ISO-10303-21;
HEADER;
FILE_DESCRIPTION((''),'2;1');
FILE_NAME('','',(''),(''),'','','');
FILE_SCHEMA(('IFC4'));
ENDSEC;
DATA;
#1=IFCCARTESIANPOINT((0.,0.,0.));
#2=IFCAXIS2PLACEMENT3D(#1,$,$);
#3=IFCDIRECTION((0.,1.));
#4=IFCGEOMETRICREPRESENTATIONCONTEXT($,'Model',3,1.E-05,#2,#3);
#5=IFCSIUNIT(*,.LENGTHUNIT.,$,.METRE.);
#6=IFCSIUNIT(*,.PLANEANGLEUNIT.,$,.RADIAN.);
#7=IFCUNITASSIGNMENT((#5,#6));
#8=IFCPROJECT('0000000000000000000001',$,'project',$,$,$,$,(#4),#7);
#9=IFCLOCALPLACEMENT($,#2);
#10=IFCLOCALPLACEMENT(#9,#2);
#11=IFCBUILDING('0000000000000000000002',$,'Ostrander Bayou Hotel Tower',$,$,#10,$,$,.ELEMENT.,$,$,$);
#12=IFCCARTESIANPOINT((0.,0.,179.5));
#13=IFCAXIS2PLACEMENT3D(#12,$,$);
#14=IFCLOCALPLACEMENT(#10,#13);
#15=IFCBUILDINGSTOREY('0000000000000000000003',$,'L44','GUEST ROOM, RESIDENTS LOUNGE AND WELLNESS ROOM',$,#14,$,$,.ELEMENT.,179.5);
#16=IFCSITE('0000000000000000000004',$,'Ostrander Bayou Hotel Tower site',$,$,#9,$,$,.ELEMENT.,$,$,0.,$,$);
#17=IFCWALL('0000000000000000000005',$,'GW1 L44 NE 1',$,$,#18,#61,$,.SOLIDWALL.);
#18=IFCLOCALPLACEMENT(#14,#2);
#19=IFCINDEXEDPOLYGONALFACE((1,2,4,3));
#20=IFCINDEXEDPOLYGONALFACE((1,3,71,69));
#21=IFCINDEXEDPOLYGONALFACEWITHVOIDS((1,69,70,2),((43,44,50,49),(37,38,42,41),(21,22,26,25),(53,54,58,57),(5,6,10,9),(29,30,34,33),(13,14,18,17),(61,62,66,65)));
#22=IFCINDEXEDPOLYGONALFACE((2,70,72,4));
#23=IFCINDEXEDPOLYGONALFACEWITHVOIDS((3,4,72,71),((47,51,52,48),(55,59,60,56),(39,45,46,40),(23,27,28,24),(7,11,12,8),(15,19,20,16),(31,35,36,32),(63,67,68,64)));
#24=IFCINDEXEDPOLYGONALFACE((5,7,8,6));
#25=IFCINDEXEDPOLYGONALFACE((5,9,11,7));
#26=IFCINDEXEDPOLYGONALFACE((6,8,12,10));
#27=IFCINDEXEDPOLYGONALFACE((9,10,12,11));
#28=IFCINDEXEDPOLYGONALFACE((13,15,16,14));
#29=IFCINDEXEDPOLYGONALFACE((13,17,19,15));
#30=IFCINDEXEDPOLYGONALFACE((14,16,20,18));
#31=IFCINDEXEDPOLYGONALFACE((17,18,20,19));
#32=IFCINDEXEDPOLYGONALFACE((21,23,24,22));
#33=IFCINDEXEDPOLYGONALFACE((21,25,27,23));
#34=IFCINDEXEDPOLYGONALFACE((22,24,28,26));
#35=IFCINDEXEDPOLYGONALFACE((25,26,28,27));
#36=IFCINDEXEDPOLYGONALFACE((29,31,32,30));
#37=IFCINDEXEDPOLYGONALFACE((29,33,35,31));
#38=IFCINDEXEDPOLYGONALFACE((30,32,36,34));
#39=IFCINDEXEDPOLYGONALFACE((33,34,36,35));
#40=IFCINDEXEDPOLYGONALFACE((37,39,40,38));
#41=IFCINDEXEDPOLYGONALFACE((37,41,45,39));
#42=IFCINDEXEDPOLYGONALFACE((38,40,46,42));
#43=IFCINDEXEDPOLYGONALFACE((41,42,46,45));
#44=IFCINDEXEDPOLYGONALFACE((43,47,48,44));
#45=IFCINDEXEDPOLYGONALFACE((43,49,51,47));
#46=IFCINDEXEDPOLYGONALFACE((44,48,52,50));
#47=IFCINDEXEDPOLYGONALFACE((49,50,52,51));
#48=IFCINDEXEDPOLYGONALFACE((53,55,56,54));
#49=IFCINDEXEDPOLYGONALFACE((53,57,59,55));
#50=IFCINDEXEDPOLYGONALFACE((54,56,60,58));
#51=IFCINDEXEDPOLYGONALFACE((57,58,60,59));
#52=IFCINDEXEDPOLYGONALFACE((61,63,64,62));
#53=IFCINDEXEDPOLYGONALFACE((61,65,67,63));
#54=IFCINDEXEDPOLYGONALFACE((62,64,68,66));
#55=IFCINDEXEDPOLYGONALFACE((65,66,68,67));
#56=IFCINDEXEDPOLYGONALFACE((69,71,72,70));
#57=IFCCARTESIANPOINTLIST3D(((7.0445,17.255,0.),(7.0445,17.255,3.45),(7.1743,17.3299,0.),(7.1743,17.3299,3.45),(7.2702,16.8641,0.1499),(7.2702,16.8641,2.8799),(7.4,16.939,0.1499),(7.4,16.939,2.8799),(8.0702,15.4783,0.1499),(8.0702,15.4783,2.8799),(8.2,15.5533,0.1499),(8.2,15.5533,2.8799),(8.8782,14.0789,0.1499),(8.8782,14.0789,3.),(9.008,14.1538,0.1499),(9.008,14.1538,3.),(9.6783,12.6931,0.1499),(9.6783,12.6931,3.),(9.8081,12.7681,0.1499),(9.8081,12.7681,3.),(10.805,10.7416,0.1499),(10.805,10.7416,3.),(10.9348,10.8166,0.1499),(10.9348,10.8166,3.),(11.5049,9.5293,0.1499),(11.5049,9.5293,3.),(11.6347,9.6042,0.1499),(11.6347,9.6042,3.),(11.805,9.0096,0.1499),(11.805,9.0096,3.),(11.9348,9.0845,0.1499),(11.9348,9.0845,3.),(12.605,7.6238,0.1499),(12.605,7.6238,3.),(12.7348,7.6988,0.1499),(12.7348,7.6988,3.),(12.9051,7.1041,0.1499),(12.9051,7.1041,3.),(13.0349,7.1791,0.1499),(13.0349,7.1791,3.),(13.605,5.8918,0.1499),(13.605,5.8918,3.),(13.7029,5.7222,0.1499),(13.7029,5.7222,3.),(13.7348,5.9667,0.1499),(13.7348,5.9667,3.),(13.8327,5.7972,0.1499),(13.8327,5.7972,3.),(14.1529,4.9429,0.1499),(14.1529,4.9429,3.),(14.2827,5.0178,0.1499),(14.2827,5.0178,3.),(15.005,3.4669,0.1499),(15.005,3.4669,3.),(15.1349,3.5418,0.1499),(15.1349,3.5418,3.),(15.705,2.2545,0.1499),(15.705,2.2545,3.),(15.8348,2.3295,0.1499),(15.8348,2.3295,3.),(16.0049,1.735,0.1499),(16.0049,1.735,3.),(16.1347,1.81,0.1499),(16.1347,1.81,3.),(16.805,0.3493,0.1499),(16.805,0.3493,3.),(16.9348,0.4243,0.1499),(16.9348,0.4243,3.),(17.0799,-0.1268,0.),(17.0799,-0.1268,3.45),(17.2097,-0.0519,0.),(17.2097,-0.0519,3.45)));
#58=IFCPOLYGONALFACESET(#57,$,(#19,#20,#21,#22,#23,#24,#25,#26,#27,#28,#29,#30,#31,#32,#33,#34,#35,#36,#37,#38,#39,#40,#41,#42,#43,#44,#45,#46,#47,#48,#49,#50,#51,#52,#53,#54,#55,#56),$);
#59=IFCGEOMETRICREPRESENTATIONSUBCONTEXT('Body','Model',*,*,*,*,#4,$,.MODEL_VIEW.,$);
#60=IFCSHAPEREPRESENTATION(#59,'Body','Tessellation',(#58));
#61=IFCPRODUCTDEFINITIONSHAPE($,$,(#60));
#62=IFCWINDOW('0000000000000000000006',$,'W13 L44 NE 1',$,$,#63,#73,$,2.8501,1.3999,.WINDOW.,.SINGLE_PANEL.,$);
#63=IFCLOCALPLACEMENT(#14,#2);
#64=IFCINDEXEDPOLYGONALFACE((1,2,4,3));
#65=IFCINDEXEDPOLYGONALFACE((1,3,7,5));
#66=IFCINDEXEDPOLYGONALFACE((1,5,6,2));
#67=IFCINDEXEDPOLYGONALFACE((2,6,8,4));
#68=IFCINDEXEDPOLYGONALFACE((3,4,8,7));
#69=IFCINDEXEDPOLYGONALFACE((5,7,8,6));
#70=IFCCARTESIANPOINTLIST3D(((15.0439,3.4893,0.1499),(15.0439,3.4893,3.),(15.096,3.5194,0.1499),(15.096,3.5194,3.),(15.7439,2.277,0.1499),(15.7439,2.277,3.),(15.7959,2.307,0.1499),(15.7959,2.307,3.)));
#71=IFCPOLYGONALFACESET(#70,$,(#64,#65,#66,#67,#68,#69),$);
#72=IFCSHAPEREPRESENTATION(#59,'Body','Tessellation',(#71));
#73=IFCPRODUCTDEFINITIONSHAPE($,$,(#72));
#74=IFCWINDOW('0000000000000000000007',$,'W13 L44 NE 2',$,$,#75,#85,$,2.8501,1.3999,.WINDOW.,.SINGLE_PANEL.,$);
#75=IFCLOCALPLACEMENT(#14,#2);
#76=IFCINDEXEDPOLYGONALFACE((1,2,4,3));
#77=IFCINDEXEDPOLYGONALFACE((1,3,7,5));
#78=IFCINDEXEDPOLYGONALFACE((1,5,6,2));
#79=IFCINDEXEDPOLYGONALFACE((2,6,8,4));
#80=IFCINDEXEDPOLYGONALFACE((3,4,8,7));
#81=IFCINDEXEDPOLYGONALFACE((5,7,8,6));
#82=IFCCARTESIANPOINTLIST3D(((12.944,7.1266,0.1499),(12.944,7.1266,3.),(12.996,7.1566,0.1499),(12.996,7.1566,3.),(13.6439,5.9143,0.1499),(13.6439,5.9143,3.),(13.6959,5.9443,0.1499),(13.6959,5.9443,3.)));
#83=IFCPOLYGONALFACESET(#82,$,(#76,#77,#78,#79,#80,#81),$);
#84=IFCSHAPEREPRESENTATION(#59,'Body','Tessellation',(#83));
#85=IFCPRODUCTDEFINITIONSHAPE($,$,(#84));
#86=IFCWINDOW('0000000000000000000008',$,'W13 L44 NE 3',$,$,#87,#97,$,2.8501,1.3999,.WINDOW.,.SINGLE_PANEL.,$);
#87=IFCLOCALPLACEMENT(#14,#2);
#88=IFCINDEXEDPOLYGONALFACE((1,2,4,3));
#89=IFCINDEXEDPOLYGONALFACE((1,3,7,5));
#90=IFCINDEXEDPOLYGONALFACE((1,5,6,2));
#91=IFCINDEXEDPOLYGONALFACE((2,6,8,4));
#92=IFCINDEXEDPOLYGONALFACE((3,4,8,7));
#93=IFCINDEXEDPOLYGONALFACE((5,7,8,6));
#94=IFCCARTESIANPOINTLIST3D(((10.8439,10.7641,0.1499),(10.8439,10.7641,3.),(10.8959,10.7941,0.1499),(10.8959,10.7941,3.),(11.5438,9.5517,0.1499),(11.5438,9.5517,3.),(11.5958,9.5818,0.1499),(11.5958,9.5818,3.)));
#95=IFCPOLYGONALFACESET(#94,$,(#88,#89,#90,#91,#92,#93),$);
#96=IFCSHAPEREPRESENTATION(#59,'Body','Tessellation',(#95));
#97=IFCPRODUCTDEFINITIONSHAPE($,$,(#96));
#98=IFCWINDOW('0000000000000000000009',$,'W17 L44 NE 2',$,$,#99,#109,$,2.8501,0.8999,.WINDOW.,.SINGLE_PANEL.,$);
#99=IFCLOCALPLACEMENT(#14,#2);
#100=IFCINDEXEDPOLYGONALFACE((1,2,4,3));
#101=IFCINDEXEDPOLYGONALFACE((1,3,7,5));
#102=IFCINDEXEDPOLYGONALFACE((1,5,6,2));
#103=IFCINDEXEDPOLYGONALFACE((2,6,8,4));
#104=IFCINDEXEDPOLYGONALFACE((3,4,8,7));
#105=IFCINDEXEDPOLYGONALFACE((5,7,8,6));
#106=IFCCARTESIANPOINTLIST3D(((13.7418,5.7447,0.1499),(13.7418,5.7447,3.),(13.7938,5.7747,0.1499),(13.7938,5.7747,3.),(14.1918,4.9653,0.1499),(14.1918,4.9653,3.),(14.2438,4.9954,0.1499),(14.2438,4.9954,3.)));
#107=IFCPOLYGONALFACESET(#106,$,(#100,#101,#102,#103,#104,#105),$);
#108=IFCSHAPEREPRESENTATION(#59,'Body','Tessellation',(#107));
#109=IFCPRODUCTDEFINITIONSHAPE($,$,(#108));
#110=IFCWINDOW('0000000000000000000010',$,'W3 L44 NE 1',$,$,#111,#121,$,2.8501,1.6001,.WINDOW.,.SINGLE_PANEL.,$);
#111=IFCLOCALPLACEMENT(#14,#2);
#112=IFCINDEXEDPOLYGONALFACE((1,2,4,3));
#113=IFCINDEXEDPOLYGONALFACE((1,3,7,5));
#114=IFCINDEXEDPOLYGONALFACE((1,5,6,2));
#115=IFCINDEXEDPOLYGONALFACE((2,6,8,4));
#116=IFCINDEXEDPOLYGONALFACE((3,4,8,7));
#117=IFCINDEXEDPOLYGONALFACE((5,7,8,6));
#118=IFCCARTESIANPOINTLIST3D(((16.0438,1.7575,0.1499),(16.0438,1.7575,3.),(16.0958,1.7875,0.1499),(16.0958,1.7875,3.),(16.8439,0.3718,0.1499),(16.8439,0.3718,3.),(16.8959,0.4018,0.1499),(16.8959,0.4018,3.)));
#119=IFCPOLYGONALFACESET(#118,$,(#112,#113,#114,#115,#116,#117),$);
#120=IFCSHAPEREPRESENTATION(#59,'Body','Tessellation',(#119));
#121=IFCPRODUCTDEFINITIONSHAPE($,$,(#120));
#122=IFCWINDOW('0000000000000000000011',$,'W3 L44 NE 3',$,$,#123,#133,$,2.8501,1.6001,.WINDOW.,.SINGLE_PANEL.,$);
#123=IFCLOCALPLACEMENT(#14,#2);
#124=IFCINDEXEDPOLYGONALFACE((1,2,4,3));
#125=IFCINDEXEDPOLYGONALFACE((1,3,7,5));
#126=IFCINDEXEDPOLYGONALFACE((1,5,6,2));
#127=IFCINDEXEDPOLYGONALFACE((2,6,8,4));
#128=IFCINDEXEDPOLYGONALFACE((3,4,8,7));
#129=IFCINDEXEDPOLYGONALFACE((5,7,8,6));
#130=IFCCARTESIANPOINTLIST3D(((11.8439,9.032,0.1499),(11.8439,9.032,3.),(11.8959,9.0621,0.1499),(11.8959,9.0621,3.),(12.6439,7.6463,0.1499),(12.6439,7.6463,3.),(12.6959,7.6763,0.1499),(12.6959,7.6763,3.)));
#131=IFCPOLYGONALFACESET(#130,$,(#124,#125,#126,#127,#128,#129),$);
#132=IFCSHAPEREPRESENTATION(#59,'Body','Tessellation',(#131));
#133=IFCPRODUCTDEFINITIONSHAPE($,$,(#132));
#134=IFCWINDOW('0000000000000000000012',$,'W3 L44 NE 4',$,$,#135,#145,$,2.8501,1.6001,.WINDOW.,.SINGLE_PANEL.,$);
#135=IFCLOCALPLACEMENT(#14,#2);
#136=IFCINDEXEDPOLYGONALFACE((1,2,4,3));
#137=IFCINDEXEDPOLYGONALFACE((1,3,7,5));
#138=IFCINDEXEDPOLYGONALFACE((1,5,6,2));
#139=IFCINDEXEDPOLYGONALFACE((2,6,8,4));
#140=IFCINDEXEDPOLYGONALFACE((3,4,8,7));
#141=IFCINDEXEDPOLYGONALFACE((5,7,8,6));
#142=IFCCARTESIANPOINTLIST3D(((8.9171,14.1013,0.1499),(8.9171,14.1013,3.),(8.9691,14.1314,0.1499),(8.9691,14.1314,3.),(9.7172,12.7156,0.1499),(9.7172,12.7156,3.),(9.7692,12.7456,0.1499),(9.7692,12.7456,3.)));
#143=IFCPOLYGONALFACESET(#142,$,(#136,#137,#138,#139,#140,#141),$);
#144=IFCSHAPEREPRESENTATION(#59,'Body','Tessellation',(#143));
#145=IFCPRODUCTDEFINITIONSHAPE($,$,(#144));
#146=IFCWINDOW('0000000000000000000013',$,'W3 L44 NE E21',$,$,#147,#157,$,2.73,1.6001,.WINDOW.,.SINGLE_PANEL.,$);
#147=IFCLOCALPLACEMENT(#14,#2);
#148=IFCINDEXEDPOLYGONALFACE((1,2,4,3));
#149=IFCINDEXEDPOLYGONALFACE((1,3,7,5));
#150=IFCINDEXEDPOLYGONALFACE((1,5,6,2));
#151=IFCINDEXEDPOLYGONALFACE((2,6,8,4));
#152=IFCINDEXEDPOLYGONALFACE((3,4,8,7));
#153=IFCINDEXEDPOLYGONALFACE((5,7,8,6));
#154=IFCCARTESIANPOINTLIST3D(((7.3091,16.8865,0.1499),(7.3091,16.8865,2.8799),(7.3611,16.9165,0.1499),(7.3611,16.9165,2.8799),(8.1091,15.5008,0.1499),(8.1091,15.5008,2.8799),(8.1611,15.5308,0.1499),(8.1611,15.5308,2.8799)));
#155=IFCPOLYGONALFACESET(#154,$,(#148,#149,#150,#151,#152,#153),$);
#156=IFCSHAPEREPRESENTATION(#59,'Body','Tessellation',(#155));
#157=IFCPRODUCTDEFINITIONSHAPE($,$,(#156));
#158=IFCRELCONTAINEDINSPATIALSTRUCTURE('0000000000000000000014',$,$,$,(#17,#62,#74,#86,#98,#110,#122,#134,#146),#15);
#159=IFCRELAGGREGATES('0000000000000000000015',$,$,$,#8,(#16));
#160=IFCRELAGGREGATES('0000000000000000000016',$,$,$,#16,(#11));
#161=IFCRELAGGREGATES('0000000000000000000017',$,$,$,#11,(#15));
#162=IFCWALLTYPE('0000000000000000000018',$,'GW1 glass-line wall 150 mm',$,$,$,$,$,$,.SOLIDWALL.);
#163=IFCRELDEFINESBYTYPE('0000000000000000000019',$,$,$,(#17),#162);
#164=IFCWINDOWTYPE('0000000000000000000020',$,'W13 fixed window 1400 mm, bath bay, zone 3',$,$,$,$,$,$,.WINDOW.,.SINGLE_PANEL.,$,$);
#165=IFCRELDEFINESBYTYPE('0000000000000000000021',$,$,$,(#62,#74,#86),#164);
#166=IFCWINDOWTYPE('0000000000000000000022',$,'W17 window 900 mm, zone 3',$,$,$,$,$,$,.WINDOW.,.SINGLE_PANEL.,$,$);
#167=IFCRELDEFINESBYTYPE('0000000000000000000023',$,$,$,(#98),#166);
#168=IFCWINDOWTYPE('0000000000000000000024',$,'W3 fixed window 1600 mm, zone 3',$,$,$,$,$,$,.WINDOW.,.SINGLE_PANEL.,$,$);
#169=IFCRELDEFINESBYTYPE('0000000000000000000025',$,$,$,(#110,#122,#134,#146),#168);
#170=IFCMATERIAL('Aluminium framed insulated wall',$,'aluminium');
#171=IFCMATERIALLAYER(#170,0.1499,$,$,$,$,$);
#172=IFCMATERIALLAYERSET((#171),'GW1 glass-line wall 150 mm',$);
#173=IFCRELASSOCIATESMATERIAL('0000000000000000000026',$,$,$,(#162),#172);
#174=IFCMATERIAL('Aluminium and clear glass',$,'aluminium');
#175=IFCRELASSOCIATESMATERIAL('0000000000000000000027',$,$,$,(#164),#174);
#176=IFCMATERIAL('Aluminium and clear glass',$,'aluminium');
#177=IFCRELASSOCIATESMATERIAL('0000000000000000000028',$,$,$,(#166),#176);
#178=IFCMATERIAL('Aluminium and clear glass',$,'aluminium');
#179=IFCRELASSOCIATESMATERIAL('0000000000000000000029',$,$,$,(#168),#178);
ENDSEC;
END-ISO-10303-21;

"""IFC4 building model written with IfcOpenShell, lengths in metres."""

from ifc_helpers import new_model, si_unit, direction, frame, frame_2d, origin, place, context, subcontext, project, spatial, rectangle, extrude, material, layer, layer_set, type_object, element, fill, save


model = new_model("IFC4")

# Units and contexts
model_context = context("Model", 3, precision=1e-05, world=origin(), true_north=direction((0.0, 1.0)))
body_context = subcontext(model_context, "Body", "Model", "MODEL_VIEW")
ifc_project = project(units=[si_unit("LENGTHUNIT", "METRE"), si_unit("PLANEANGLEUNIT", "RADIAN")], contexts=[model_context])

# Site, building, storey
site_placement = place(None, origin())
site = spatial("IfcSite", under=ifc_project, at=site_placement, Name="Ostrander Bayou Hotel Tower site", CompositionType="ELEMENT", RefElevation=0.0)
building_placement = place(site_placement, origin())
building = spatial("IfcBuilding", under=site, at=building_placement, Name="Ostrander Bayou Hotel Tower", CompositionType="ELEMENT")
storey_placement = place(building_placement, frame((0.0, 0.0, 179.5)))
storey = spatial("IfcBuildingStorey", under=building, at=storey_placement, Name="L44", Description="GUEST ROOM, RESIDENTS LOUNGE AND WELLNESS ROOM", CompositionType="ELEMENT", Elevation=179.5)

# Wall, openings, windows
ifc_material_1 = material(Name="Aluminium framed insulated wall", Category="aluminium")
ifc_layer_1 = layer(ifc_material_1, 0.1499)
ifc_layer_set_1 = layer_set([ifc_layer_1], Name="GW1 glass-line wall 150 mm")
wall_type_1 = type_object("IfcWallType", Name="GW1 glass-line wall 150 mm", PredefinedType="SOLIDWALL", material=ifc_layer_set_1)
wall_1_placement = place(storey_placement, frame((17.1448, -0.0894, 0.0), z_axis=(0.0, 0.0, 1.0), x_axis=(-0.5, 0.866026, 0.0)))
wall_1 = element("IfcWall", 1, at=wall_1_placement, inside=storey, type_object=wall_type_1, Name="GW1 L44 NE 1", PredefinedType="SOLIDWALL", context=body_context, shape_type="SweptSolid", body=[
    extrude(rectangle(XDim=20.0708, YDim=0.1499, at=frame_2d((10.0354, 0.0))), origin(), (0.0, 0.0, 1.0), 3.45),
])
opening_1_placement = place(wall_1_placement, frame((0.5498, 0.0, 0.1499)))
opening_1 = element("IfcOpeningElement", 2, at=opening_1_placement, cuts=wall_1, PredefinedType="OPENING", context=body_context, shape_type="SweptSolid", body=[
    extrude(rectangle(XDim=1.6001, YDim=2.8501, at=frame_2d((0.8, 1.425))), frame((0.0, 0.075, 0.0), z_axis=(0.0, -1.0, 0.0), x_axis=(1.0, 0.0, 0.0)), (0.0, 0.0, 1.0), 0.1499),
])
opening_2_placement = place(wall_1_placement, frame((2.7498, 0.0, 0.1499)))
opening_2 = element("IfcOpeningElement", 3, at=opening_2_placement, cuts=wall_1, PredefinedType="OPENING", context=body_context, shape_type="SweptSolid", body=[
    extrude(rectangle(XDim=1.3999, YDim=2.8501, at=frame_2d((0.7, 1.425))), frame((0.0, 0.075, 0.0), z_axis=(0.0, -1.0, 0.0), x_axis=(1.0, 0.0, 0.0)), (0.0, 0.0, 1.0), 0.1499),
])
opening_3_placement = place(wall_1_placement, frame((5.854, 0.0, 0.1499)))
opening_3 = element("IfcOpeningElement", 4, at=opening_3_placement, cuts=wall_1, PredefinedType="OPENING", context=body_context, shape_type="SweptSolid", body=[
    extrude(rectangle(XDim=0.8999, YDim=2.8501, at=frame_2d((0.45, 1.425))), frame((0.0, 0.075, 0.0), z_axis=(0.0, -1.0, 0.0), x_axis=(1.0, 0.0, 0.0)), (0.0, 0.0, 1.0), 0.1499),
])
opening_4_placement = place(wall_1_placement, frame((6.9497, 0.0, 0.1499)))
opening_4 = element("IfcOpeningElement", 5, at=opening_4_placement, cuts=wall_1, PredefinedType="OPENING", context=body_context, shape_type="SweptSolid", body=[
    extrude(rectangle(XDim=1.3999, YDim=2.8501, at=frame_2d((0.7, 1.425))), frame((0.0, 0.075, 0.0), z_axis=(0.0, -1.0, 0.0), x_axis=(1.0, 0.0, 0.0)), (0.0, 0.0, 1.0), 0.1499),
])
opening_5_placement = place(wall_1_placement, frame((8.9497, 0.0, 0.1499)))
opening_5 = element("IfcOpeningElement", 6, at=opening_5_placement, cuts=wall_1, PredefinedType="OPENING", context=body_context, shape_type="SweptSolid", body=[
    extrude(rectangle(XDim=1.6001, YDim=2.8501, at=frame_2d((0.8, 1.425))), frame((0.0, 0.075, 0.0), z_axis=(0.0, -1.0, 0.0), x_axis=(1.0, 0.0, 0.0)), (0.0, 0.0, 1.0), 0.1499),
])
opening_6_placement = place(wall_1_placement, frame((11.1499, 0.0, 0.1499)))
opening_6 = element("IfcOpeningElement", 7, at=opening_6_placement, cuts=wall_1, PredefinedType="OPENING", context=body_context, shape_type="SweptSolid", body=[
    extrude(rectangle(XDim=1.3999, YDim=2.8501, at=frame_2d((0.7, 1.425))), frame((0.0, 0.075, 0.0), z_axis=(0.0, -1.0, 0.0), x_axis=(1.0, 0.0, 0.0)), (0.0, 0.0, 1.0), 0.1499),
])
opening_7_placement = place(wall_1_placement, frame((14.8032, 0.0, 0.1499)))
opening_7 = element("IfcOpeningElement", 8, at=opening_7_placement, cuts=wall_1, PredefinedType="OPENING", context=body_context, shape_type="SweptSolid", body=[
    extrude(rectangle(XDim=1.6001, YDim=2.8501, at=frame_2d((0.8, 1.425))), frame((0.0, 0.075, 0.0), z_axis=(0.0, -1.0, 0.0), x_axis=(1.0, 0.0, 0.0)), (0.0, 0.0, 1.0), 0.1499),
])
opening_8_placement = place(wall_1_placement, frame((18.0193, 0.0, 0.1499)))
opening_8 = element("IfcOpeningElement", 9, at=opening_8_placement, cuts=wall_1, PredefinedType="OPENING", context=body_context, shape_type="SweptSolid", body=[
    extrude(rectangle(XDim=1.6001, YDim=2.73, at=frame_2d((0.8, 1.365))), frame((0.0, 0.075, 0.0), z_axis=(0.0, -1.0, 0.0), x_axis=(1.0, 0.0, 0.0)), (0.0, 0.0, 1.0), 0.1499),
])
ifc_material_2 = material(Name="Aluminium and clear glass", Category="aluminium")
window_type_1 = type_object("IfcWindowType", Name="W13 fixed window 1400 mm, bath bay, zone 3", PartitioningType="SINGLE_PANEL", PredefinedType="WINDOW", material=ifc_material_2)
window_1_placement = place(opening_2_placement, origin())
window_1 = element("IfcWindow", 10, at=window_1_placement, inside=storey, type_object=window_type_1, Name="W13 L44 NE 1", OverallHeight=2.8501, OverallWidth=1.3999, PartitioningType="SINGLE_PANEL", PredefinedType="WINDOW", context=body_context, shape_type="SweptSolid", body=[
    extrude(rectangle(XDim=1.3999, YDim=2.8501, at=frame_2d((0.7, 1.425))), frame((0.0, 0.03, 0.0), z_axis=(0.0, -1.0, 0.0), x_axis=(1.0, 0.0, 0.0)), (0.0, 0.0, 1.0), 0.0601),
])
fill(opening_2, window_1)
window_2_placement = place(opening_4_placement, origin())
window_2 = element("IfcWindow", 11, at=window_2_placement, inside=storey, type_object=window_type_1, Name="W13 L44 NE 2", OverallHeight=2.8501, OverallWidth=1.3999, PartitioningType="SINGLE_PANEL", PredefinedType="WINDOW", context=body_context, shape_type="SweptSolid", body=[
    extrude(rectangle(XDim=1.3999, YDim=2.8501, at=frame_2d((0.7, 1.425))), frame((0.0, 0.03, 0.0), z_axis=(0.0, -1.0, 0.0), x_axis=(1.0, 0.0, 0.0)), (0.0, 0.0, 1.0), 0.0601),
])
fill(opening_4, window_2)
window_3_placement = place(opening_6_placement, origin())
window_3 = element("IfcWindow", 12, at=window_3_placement, inside=storey, type_object=window_type_1, Name="W13 L44 NE 3", OverallHeight=2.8501, OverallWidth=1.3999, PartitioningType="SINGLE_PANEL", PredefinedType="WINDOW", context=body_context, shape_type="SweptSolid", body=[
    extrude(rectangle(XDim=1.3999, YDim=2.8501, at=frame_2d((0.7, 1.425))), frame((0.0, 0.03, 0.0), z_axis=(0.0, -1.0, 0.0), x_axis=(1.0, 0.0, 0.0)), (0.0, 0.0, 1.0), 0.0601),
])
fill(opening_6, window_3)
ifc_material_3 = material(Name="Aluminium and clear glass", Category="aluminium")
window_type_2 = type_object("IfcWindowType", Name="W17 window 900 mm, zone 3", PartitioningType="SINGLE_PANEL", PredefinedType="WINDOW", material=ifc_material_3)
window_4_placement = place(opening_3_placement, origin())
window_4 = element("IfcWindow", 13, at=window_4_placement, inside=storey, type_object=window_type_2, Name="W17 L44 NE 2", OverallHeight=2.8501, OverallWidth=0.8999, PartitioningType="SINGLE_PANEL", PredefinedType="WINDOW", context=body_context, shape_type="SweptSolid", body=[
    extrude(rectangle(XDim=0.8999, YDim=2.8501, at=frame_2d((0.45, 1.425))), frame((0.0, 0.03, 0.0), z_axis=(0.0, -1.0, 0.0), x_axis=(1.0, 0.0, 0.0)), (0.0, 0.0, 1.0), 0.0601),
])
fill(opening_3, window_4)
ifc_material_4 = material(Name="Aluminium and clear glass", Category="aluminium")
window_type_3 = type_object("IfcWindowType", Name="W3 fixed window 1600 mm, zone 3", PartitioningType="SINGLE_PANEL", PredefinedType="WINDOW", material=ifc_material_4)
window_5_placement = place(opening_1_placement, origin())
window_5 = element("IfcWindow", 14, at=window_5_placement, inside=storey, type_object=window_type_3, Name="W3 L44 NE 1", OverallHeight=2.8501, OverallWidth=1.6001, PartitioningType="SINGLE_PANEL", PredefinedType="WINDOW", context=body_context, shape_type="SweptSolid", body=[
    extrude(rectangle(XDim=1.6001, YDim=2.8501, at=frame_2d((0.8, 1.425))), frame((0.0, 0.03, 0.0), z_axis=(0.0, -1.0, 0.0), x_axis=(1.0, 0.0, 0.0)), (0.0, 0.0, 1.0), 0.0601),
])
fill(opening_1, window_5)
window_6_placement = place(opening_5_placement, origin())
window_6 = element("IfcWindow", 15, at=window_6_placement, inside=storey, type_object=window_type_3, Name="W3 L44 NE 3", OverallHeight=2.8501, OverallWidth=1.6001, PartitioningType="SINGLE_PANEL", PredefinedType="WINDOW", context=body_context, shape_type="SweptSolid", body=[
    extrude(rectangle(XDim=1.6001, YDim=2.8501, at=frame_2d((0.8, 1.425))), frame((0.0, 0.03, 0.0), z_axis=(0.0, -1.0, 0.0), x_axis=(1.0, 0.0, 0.0)), (0.0, 0.0, 1.0), 0.0601),
])
fill(opening_5, window_6)
window_7_placement = place(opening_7_placement, origin())
window_7 = element("IfcWindow", 16, at=window_7_placement, inside=storey, type_object=window_type_3, Name="W3 L44 NE 4", OverallHeight=2.8501, OverallWidth=1.6001, PartitioningType="SINGLE_PANEL", PredefinedType="WINDOW", context=body_context, shape_type="SweptSolid", body=[
    extrude(rectangle(XDim=1.6001, YDim=2.8501, at=frame_2d((0.8, 1.425))), frame((0.0, 0.03, 0.0), z_axis=(0.0, -1.0, 0.0), x_axis=(1.0, 0.0, 0.0)), (0.0, 0.0, 1.0), 0.0601),
])
fill(opening_7, window_7)
window_8_placement = place(opening_8_placement, origin())
window_8 = element("IfcWindow", 17, at=window_8_placement, inside=storey, type_object=window_type_3, Name="W3 L44 NE E21", OverallHeight=2.73, OverallWidth=1.6001, PartitioningType="SINGLE_PANEL", PredefinedType="WINDOW", context=body_context, shape_type="SweptSolid", body=[
    extrude(rectangle(XDim=1.6001, YDim=2.73, at=frame_2d((0.8, 1.365))), frame((0.0, 0.03, 0.0), z_axis=(0.0, -1.0, 0.0), x_axis=(1.0, 0.0, 0.0)), (0.0, 0.0, 1.0), 0.0601),
])
fill(opening_8, window_8)

save(model, "model.ifc")
